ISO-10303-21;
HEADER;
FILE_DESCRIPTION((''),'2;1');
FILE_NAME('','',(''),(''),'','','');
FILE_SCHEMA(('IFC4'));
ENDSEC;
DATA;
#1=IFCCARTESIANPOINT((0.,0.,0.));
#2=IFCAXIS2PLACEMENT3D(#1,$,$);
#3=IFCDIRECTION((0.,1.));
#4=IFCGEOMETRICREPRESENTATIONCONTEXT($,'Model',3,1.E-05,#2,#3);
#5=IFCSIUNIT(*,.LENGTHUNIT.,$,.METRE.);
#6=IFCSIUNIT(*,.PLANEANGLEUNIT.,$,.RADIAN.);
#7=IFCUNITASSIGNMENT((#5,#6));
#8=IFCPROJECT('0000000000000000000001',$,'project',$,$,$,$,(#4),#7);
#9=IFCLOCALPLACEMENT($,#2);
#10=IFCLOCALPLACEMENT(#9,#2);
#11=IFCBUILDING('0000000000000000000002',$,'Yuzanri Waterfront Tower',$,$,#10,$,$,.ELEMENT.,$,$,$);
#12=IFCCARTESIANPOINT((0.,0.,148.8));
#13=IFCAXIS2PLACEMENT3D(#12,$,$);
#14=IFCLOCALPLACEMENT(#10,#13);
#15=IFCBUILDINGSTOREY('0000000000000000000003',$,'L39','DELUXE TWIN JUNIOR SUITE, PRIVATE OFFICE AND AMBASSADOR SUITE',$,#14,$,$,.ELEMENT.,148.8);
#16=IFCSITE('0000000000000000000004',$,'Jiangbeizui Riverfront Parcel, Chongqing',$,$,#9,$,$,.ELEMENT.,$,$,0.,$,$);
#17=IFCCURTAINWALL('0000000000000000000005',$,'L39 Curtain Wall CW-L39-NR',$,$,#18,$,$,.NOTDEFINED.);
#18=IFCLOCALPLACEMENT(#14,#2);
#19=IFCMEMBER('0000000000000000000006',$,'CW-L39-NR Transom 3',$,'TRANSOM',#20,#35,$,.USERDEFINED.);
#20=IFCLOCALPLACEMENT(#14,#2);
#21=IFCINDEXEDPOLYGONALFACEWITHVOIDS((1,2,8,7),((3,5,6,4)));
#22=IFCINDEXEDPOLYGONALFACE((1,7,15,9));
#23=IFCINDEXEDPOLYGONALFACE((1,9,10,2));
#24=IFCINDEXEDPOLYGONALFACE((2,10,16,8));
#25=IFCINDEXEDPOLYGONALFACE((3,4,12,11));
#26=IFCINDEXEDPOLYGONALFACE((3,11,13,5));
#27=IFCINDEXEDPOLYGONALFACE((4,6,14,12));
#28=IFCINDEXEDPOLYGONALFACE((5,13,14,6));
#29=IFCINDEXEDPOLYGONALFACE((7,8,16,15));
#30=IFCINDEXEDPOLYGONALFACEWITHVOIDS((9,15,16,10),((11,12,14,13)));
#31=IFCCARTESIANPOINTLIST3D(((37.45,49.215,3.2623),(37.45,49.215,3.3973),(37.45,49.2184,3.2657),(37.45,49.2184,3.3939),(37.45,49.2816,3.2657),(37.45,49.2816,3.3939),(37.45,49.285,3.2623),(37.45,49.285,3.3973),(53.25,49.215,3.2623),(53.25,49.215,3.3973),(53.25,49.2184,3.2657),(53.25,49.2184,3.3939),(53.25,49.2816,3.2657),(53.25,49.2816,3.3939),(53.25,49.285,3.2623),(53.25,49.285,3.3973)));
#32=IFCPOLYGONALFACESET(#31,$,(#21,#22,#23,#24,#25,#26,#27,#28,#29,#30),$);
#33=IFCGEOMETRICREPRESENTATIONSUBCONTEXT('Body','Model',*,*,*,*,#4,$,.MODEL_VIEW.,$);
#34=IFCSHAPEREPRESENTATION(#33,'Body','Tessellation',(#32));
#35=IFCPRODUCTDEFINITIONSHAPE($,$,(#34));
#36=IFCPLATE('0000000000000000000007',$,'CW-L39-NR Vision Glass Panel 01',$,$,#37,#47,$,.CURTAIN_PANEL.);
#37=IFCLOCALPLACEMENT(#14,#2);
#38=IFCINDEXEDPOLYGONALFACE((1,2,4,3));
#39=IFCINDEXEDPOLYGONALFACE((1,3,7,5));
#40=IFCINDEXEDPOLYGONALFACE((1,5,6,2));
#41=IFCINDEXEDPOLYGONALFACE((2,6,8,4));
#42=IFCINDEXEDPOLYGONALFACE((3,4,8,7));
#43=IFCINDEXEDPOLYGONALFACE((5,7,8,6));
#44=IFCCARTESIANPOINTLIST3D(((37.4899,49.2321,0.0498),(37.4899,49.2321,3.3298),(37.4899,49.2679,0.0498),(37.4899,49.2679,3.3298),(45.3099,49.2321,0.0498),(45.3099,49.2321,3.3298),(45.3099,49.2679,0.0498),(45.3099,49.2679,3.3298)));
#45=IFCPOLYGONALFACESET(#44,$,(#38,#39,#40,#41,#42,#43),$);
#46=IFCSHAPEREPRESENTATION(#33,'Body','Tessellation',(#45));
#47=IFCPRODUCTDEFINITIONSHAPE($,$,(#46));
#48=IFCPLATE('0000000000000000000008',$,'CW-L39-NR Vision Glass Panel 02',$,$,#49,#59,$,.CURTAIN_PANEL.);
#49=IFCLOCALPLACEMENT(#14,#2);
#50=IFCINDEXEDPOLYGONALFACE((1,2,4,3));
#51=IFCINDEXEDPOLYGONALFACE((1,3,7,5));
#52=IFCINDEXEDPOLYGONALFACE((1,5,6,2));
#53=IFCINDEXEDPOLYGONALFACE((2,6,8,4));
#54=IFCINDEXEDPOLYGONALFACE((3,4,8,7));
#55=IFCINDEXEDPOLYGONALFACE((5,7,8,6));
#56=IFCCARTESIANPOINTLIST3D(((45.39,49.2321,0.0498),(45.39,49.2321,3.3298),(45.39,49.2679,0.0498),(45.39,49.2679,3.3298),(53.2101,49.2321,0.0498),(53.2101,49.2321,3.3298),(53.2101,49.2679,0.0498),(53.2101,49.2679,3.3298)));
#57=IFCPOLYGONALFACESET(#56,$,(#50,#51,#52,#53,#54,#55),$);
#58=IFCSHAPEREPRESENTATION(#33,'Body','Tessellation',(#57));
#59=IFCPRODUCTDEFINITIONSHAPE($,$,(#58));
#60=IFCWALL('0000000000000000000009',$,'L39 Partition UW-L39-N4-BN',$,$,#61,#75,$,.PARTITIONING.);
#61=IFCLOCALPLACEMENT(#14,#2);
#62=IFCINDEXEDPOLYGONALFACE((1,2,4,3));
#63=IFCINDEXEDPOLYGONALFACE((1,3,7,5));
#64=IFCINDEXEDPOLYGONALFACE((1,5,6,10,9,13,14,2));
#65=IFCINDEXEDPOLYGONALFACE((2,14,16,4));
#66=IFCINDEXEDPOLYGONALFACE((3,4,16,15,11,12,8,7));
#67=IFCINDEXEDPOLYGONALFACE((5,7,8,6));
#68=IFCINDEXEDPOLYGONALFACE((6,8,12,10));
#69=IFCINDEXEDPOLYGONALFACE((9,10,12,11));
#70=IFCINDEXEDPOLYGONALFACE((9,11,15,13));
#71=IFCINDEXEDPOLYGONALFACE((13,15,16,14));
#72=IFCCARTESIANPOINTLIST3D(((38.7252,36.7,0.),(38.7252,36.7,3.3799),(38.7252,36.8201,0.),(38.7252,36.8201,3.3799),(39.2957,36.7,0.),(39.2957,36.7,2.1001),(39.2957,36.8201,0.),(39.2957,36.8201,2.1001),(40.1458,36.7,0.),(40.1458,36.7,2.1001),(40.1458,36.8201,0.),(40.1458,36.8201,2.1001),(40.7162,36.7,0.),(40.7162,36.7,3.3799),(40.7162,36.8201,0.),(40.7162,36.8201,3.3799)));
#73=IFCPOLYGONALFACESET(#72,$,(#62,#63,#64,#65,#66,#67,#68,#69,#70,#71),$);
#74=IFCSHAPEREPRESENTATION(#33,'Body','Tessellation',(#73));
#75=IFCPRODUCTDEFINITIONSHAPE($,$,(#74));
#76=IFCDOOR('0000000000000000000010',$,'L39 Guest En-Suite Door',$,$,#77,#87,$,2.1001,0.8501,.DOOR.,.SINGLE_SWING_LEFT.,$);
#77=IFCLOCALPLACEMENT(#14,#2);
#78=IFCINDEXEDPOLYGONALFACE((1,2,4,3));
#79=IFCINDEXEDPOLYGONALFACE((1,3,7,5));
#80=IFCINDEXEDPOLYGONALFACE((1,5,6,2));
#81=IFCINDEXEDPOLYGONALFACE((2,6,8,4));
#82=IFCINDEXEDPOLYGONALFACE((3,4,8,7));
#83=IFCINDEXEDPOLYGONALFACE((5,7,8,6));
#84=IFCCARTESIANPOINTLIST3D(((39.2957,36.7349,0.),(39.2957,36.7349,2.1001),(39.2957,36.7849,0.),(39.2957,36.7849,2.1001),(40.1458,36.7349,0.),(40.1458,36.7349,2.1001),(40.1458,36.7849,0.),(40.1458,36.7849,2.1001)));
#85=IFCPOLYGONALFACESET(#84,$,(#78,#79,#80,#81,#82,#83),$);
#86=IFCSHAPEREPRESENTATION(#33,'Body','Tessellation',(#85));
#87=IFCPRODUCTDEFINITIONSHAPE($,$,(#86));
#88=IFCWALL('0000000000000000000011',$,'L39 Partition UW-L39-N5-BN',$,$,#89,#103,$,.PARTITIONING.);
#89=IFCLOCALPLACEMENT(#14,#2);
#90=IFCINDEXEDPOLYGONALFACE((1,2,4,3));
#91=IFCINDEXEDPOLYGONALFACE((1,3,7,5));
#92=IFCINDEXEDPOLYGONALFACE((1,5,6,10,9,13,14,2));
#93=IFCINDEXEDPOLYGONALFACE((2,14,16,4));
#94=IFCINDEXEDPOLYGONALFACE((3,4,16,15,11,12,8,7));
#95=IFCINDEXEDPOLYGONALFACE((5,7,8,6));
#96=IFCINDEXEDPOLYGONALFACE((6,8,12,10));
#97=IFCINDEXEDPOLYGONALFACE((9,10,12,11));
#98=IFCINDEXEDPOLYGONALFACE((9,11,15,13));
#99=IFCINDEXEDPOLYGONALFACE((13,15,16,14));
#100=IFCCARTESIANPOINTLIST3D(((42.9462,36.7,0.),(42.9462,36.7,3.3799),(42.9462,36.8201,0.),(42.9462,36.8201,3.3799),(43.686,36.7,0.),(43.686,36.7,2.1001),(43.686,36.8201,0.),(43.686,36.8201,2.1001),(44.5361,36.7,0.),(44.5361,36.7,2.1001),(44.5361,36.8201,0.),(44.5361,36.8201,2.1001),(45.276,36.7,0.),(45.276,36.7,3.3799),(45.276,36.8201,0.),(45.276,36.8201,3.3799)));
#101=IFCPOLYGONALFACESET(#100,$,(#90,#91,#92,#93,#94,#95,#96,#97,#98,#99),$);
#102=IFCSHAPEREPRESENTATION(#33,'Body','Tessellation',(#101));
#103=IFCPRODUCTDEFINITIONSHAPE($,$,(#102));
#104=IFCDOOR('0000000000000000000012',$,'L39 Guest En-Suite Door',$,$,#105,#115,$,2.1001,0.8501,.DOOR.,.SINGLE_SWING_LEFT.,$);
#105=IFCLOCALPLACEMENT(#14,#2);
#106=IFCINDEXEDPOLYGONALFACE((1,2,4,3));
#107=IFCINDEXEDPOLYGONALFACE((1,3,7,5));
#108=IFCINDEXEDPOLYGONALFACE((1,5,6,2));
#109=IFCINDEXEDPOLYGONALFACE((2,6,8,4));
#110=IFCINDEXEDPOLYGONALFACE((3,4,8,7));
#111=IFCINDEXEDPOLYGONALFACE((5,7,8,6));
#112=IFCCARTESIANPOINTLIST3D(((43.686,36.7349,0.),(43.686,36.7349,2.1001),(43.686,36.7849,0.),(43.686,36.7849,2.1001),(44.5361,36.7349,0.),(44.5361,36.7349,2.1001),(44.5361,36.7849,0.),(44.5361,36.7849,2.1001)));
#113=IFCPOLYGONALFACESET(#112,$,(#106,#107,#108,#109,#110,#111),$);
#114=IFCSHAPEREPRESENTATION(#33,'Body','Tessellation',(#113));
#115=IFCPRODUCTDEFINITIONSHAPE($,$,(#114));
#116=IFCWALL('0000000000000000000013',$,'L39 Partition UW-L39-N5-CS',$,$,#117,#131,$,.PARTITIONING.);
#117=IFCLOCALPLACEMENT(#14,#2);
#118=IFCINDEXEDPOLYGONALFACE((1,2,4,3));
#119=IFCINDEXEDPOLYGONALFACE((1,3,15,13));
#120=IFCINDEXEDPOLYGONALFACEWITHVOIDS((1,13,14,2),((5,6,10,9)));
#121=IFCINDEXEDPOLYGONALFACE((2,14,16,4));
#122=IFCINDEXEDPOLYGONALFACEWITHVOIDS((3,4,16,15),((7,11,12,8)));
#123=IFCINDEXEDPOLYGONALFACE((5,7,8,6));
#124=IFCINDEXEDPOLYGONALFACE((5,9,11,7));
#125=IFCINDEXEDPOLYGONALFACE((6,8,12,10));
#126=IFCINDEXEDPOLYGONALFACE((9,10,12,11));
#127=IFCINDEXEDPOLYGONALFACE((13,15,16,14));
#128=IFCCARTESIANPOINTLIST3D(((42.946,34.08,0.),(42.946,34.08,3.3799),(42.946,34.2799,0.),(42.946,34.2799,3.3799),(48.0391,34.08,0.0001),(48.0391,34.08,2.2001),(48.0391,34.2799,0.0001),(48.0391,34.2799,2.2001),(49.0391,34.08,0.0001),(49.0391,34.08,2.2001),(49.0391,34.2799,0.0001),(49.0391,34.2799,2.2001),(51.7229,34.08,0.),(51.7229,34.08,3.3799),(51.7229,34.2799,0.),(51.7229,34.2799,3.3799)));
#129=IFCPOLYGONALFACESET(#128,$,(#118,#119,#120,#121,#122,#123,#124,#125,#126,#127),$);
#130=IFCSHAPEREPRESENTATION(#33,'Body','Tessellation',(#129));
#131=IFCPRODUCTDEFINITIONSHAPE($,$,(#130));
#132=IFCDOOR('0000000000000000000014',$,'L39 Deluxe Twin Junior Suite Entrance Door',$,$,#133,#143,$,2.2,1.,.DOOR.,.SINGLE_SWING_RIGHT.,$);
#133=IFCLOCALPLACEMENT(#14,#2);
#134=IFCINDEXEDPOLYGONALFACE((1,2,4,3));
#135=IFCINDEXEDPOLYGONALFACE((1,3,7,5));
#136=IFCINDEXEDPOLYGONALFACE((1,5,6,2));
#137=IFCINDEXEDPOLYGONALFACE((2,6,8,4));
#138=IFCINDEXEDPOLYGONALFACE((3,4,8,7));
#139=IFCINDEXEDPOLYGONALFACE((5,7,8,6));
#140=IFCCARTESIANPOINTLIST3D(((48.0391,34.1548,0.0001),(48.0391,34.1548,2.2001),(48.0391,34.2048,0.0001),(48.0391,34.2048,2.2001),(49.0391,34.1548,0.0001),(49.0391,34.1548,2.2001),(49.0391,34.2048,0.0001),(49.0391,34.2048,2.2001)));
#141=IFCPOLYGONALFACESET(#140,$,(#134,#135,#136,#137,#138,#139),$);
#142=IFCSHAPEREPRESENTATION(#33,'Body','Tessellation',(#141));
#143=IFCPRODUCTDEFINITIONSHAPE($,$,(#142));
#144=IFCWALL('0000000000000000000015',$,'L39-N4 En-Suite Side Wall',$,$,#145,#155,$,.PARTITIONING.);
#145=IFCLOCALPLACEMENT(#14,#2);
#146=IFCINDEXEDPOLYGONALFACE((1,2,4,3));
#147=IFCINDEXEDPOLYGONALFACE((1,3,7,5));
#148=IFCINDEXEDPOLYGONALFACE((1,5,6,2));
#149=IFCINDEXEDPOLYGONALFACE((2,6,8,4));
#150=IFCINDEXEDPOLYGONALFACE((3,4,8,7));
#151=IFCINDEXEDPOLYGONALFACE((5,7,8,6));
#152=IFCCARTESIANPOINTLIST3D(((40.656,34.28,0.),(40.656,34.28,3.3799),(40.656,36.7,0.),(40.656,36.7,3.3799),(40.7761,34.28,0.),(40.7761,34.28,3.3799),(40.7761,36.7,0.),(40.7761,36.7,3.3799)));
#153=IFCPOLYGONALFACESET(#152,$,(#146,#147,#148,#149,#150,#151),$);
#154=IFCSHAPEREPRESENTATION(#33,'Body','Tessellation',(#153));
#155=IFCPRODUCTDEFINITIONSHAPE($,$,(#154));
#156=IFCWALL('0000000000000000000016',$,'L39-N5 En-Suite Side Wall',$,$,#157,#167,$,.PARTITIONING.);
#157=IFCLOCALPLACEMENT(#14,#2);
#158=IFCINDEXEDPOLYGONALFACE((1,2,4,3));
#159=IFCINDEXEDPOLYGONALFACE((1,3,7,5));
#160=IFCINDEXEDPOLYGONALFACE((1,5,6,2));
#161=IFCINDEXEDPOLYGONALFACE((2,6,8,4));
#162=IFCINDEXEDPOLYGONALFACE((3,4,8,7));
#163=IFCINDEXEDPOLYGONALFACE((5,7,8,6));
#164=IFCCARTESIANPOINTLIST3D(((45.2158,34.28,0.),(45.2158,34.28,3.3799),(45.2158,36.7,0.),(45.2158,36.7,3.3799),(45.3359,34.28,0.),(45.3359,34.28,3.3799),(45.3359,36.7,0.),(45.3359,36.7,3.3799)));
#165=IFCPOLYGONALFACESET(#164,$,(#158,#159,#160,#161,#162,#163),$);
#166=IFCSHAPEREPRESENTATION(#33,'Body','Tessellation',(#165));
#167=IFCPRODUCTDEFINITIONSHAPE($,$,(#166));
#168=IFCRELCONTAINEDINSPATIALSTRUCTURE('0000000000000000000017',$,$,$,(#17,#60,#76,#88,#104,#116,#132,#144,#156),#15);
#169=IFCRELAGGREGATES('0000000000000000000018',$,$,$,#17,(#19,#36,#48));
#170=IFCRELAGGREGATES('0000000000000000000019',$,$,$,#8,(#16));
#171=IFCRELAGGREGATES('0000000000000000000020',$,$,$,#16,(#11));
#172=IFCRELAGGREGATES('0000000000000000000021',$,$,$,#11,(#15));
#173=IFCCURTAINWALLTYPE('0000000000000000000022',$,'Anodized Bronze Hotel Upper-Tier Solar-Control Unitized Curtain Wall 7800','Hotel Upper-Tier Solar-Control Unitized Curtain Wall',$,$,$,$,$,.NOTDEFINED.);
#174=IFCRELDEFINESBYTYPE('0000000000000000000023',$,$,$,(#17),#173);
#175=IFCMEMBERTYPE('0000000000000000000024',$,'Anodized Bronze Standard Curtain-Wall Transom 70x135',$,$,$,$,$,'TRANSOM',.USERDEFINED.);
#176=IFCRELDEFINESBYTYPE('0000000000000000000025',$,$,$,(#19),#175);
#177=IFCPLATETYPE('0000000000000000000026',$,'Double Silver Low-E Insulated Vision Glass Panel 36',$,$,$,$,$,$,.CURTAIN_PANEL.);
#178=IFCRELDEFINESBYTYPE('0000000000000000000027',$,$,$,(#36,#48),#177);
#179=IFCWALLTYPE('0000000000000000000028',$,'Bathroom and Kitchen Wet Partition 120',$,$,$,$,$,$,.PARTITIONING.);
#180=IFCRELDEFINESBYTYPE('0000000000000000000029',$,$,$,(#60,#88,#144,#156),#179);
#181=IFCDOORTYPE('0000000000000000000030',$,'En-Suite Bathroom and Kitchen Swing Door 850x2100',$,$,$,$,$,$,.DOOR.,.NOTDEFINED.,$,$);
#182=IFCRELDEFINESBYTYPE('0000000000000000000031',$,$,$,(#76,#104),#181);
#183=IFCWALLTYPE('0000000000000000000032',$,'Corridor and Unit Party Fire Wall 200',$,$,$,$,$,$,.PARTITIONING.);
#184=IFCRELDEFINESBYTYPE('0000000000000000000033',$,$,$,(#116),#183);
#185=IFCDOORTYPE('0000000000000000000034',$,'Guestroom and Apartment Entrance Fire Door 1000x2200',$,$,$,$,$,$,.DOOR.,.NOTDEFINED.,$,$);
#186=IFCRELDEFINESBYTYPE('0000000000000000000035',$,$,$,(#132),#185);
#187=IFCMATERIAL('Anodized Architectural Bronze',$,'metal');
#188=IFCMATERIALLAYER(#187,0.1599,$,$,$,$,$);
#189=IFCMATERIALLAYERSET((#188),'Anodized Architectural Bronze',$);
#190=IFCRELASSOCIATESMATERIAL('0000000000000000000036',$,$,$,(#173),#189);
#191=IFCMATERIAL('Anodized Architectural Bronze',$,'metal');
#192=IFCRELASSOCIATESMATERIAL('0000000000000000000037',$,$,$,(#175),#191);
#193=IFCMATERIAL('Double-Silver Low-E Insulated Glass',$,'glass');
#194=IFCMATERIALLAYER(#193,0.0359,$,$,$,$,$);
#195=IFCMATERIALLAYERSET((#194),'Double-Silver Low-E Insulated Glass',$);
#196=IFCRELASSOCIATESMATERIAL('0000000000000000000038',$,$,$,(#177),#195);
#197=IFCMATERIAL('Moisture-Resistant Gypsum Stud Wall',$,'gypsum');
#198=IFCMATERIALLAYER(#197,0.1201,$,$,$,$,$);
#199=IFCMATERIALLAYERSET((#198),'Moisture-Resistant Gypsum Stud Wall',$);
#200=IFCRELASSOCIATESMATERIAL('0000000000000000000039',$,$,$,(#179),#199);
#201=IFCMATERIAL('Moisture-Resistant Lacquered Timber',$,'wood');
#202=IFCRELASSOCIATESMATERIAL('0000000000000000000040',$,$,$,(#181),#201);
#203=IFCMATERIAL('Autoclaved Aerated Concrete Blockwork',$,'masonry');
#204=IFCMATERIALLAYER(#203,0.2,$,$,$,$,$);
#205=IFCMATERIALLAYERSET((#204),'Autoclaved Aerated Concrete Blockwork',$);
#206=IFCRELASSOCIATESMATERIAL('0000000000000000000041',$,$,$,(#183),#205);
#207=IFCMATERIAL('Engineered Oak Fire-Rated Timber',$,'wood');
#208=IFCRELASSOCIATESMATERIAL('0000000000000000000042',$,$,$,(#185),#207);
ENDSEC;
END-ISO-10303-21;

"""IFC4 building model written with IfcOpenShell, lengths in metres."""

from ifc_helpers import new_model, si_unit, direction, frame, frame_2d, origin, origin_2d, place, context, subcontext, project, spatial, rectangle, hollow_rectangle, extrude, source, transform, mapped, material, layer, layer_set, material_profile, profile_set, type_object, element, fill, aggregate, save


model = new_model("IFC4")

# Units and contexts
model_context = context("Model", 3, precision=1e-05, world=origin(), true_north=direction((0.0, 1.0)))
body_context = subcontext(model_context, "Body", "Model", "MODEL_VIEW")
ifc_project = project(units=[si_unit("LENGTHUNIT", "METRE"), si_unit("PLANEANGLEUNIT", "RADIAN")], contexts=[model_context])

# Site, building, storey
site_placement = place(None, origin())
site = spatial("IfcSite", under=ifc_project, at=site_placement, Name="Jiangbeizui Riverfront Parcel, Chongqing", CompositionType="ELEMENT", RefElevation=0.0)
building_placement = place(site_placement, origin())
building = spatial("IfcBuilding", under=site, at=building_placement, Name="Yuzanri Waterfront Tower", CompositionType="ELEMENT")
storey_placement = place(building_placement, frame((0.0, 0.0, 148.8)))
storey = spatial("IfcBuildingStorey", under=building, at=storey_placement, Name="L39", Description="DELUXE TWIN JUNIOR SUITE, PRIVATE OFFICE AND AMBASSADOR SUITE", CompositionType="ELEMENT", Elevation=148.8)

# Curtain wall, member, plates
ifc_material_1 = material(Name="Anodized Architectural Bronze", Category="metal")
ifc_layer_1 = layer(ifc_material_1, 0.1599)
ifc_layer_set_1 = layer_set([ifc_layer_1], Name="Anodized Architectural Bronze")
curtain_wall_type = type_object("IfcCurtainWallType", Name="Anodized Bronze Hotel Upper-Tier Solar-Control Unitized Curtain Wall 7800", Description="Hotel Upper-Tier Solar-Control Unitized Curtain Wall", PredefinedType="NOTDEFINED", material=ifc_layer_set_1)
curtain_wall_placement = place(storey_placement, origin())
curtain_wall = element("IfcCurtainWall", 1, at=curtain_wall_placement, inside=storey, type_object=curtain_wall_type, Name="L39 Curtain Wall CW-L39-NR", PredefinedType="NOTDEFINED")
ifc_material_2 = material(Name="Anodized Architectural Bronze", Category="metal")
ifc_material_profile_1 = material_profile(ifc_material_2, hollow_rectangle(XDim=0.0701, YDim=0.135, WallThickness=0.0034, at=origin_2d()), Name="CWT 70x135")
ifc_profile_set_1 = profile_set([ifc_material_profile_1], Name="Anodized Architectural Bronze")
member_type_1 = type_object("IfcMemberType", Name="Anodized Bronze Standard Curtain-Wall Transom 70x135", ElementType="TRANSOM", PredefinedType="USERDEFINED", material=ifc_profile_set_1)
shared_shape_1 = source(origin(), body_context, "Body", "SweptSolid", [
    extrude(hollow_rectangle(XDim=0.0701, YDim=0.135, WallThickness=0.0034, at=origin_2d()), origin(), (0.0, 0.0, 1.0), 15.8),
])
member_1_placement = place(storey_placement, frame((37.45, 49.25, 3.3298), z_axis=(1.0, 0.0, 0.0), x_axis=(0.0, 1.0, 0.0)))
member_1 = element("IfcMember", 2, at=member_1_placement, type_object=member_type_1, Name="CW-L39-NR Transom 3", ObjectType="TRANSOM", PredefinedType="USERDEFINED", context=body_context, shape_type="MappedRepresentation", body=[
    mapped(shared_shape_1, transform((0.0, 0.0, 0.0), scale=1.0)),
])
ifc_material_3 = material(Name="Double-Silver Low-E Insulated Glass", Category="glass")
ifc_layer_2 = layer(ifc_material_3, 0.0359)
ifc_layer_set_2 = layer_set([ifc_layer_2], Name="Double-Silver Low-E Insulated Glass")
plate_type = type_object("IfcPlateType", Name="Double Silver Low-E Insulated Vision Glass Panel 36", PredefinedType="CURTAIN_PANEL", material=ifc_layer_set_2)
shared_shape_2 = source(origin(), body_context, "Body", "SweptSolid", [
    extrude(rectangle(XDim=7.8201, YDim=0.0359, at=origin_2d()), origin(), (0.0, 0.0, 1.0), 3.28),
])
plate_1_placement = place(storey_placement, frame((41.3999, 49.25, 0.0498), z_axis=(0.0, 0.0, 1.0), x_axis=(1.0, 0.0, 0.0)))
plate_1 = element("IfcPlate", 3, at=plate_1_placement, type_object=plate_type, Name="CW-L39-NR Vision Glass Panel 01", PredefinedType="CURTAIN_PANEL", context=body_context, shape_type="MappedRepresentation", body=[
    mapped(shared_shape_2, transform((0.0, 0.0, 0.0), scale=1.0)),
])
plate_2_placement = place(storey_placement, frame((49.3, 49.25, 0.0498), z_axis=(0.0, 0.0, 1.0), x_axis=(1.0, 0.0, 0.0)))
plate_2 = element("IfcPlate", 4, at=plate_2_placement, type_object=plate_type, Name="CW-L39-NR Vision Glass Panel 02", PredefinedType="CURTAIN_PANEL", context=body_context, shape_type="MappedRepresentation", body=[
    mapped(shared_shape_2, transform((0.0, 0.0, 0.0), scale=1.0)),
])
aggregate(curtain_wall, [member_1, plate_1, plate_2])

# Walls, openings, doors
ifc_material_4 = material(Name="Moisture-Resistant Gypsum Stud Wall", Category="gypsum")
ifc_layer_3 = layer(ifc_material_4, 0.1201)
ifc_layer_set_3 = layer_set([ifc_layer_3], Name="Moisture-Resistant Gypsum Stud Wall")
wall_type_1 = type_object("IfcWallType", Name="Bathroom and Kitchen Wet Partition 120", PredefinedType="PARTITIONING", material=ifc_layer_set_3)
wall_1_placement = place(storey_placement, frame((38.7251, 36.76, 0.0), z_axis=(0.0, 0.0, 1.0), x_axis=(1.0, 0.0, 0.0)))
wall_1 = element("IfcWall", 5, at=wall_1_placement, inside=storey, type_object=wall_type_1, Name="L39 Partition UW-L39-N4-BN", PredefinedType="PARTITIONING", context=body_context, shape_type="SweptSolid", body=[
    extrude(rectangle(XDim=1.991, YDim=0.1201, at=frame_2d((0.9956, 0.0))), origin(), (0.0, 0.0, 1.0), 3.3799),
])
opening_1_placement = place(wall_1_placement, frame((0.5706, 0.0, 0.0)))
opening_1 = element("IfcOpeningElement", 6, at=opening_1_placement, cuts=wall_1, PredefinedType="OPENING", context=body_context, shape_type="SweptSolid", body=[
    extrude(rectangle(XDim=0.8501, YDim=2.1001, at=frame_2d((0.425, 1.05))), frame((0.0, 0.075, 0.0), z_axis=(0.0, -1.0, 0.0), x_axis=(1.0, 0.0, 0.0)), (0.0, 0.0, 1.0), 0.1499),
])
ifc_material_5 = material(Name="Moisture-Resistant Lacquered Timber", Category="wood")
door_type_1 = type_object("IfcDoorType", Name="En-Suite Bathroom and Kitchen Swing Door 850x2100", OperationType="NOTDEFINED", PredefinedType="DOOR", material=ifc_material_5)
shared_shape_3 = source(origin(), body_context, "Body", "SweptSolid", [
    extrude(rectangle(XDim=0.8501, YDim=2.1001, at=frame_2d((0.425, 1.05))), frame((0.0, 0.0249, 0.0), z_axis=(0.0, -1.0, 0.0), x_axis=(1.0, 0.0, 0.0)), (0.0, 0.0, 1.0), 0.05),
])
door_1_placement = place(opening_1_placement, origin())
door_1 = element("IfcDoor", 7, at=door_1_placement, inside=storey, type_object=door_type_1, Name="L39 Guest En-Suite Door", OperationType="SINGLE_SWING_LEFT", OverallHeight=2.1001, OverallWidth=0.8501, PredefinedType="DOOR", context=body_context, shape_type="MappedRepresentation", body=[
    mapped(shared_shape_3, transform((0.0, 0.0, 0.0), scale=1.0)),
])
fill(opening_1, door_1)
wall_2_placement = place(storey_placement, frame((42.946, 36.76, 0.0), z_axis=(0.0, 0.0, 1.0), x_axis=(1.0, 0.0, 0.0)))
wall_2 = element("IfcWall", 8, at=wall_2_placement, inside=storey, type_object=wall_type_1, Name="L39 Partition UW-L39-N5-BN", PredefinedType="PARTITIONING", context=body_context, shape_type="SweptSolid", body=[
    extrude(rectangle(XDim=2.3298, YDim=0.1201, at=frame_2d((1.165, 0.0))), origin(), (0.0, 0.0, 1.0), 3.3799),
])
opening_2_placement = place(wall_2_placement, frame((0.74, 0.0, 0.0)))
opening_2 = element("IfcOpeningElement", 9, at=opening_2_placement, cuts=wall_2, PredefinedType="OPENING", context=body_context, shape_type="SweptSolid", body=[
    extrude(rectangle(XDim=0.8501, YDim=2.1001, at=frame_2d((0.425, 1.05))), frame((0.0, 0.075, 0.0), z_axis=(0.0, -1.0, 0.0), x_axis=(1.0, 0.0, 0.0)), (0.0, 0.0, 1.0), 0.1499),
])
door_2_placement = place(opening_2_placement, origin())
door_2 = element("IfcDoor", 10, at=door_2_placement, inside=storey, type_object=door_type_1, Name="L39 Guest En-Suite Door", OperationType="SINGLE_SWING_LEFT", OverallHeight=2.1001, OverallWidth=0.8501, PredefinedType="DOOR", context=body_context, shape_type="MappedRepresentation", body=[
    mapped(shared_shape_3, transform((0.0, 0.0, 0.0), scale=1.0)),
])
fill(opening_2, door_2)
ifc_material_6 = material(Name="Autoclaved Aerated Concrete Blockwork", Category="masonry")
ifc_layer_4 = layer(ifc_material_6, 0.2)
ifc_layer_set_4 = layer_set([ifc_layer_4], Name="Autoclaved Aerated Concrete Blockwork")
wall_type_2 = type_object("IfcWallType", Name="Corridor and Unit Party Fire Wall 200", PredefinedType="PARTITIONING", material=ifc_layer_set_4)
wall_3_placement = place(storey_placement, frame((42.946, 34.1799, 0.0), z_axis=(0.0, 0.0, 1.0), x_axis=(1.0, 0.0, 0.0)))
wall_3 = element("IfcWall", 11, at=wall_3_placement, inside=storey, type_object=wall_type_2, Name="L39 Partition UW-L39-N5-CS", PredefinedType="PARTITIONING", context=body_context, shape_type="SweptSolid", body=[
    extrude(rectangle(XDim=8.7769, YDim=0.2, at=frame_2d((4.3884, 0.0))), origin(), (0.0, 0.0, 1.0), 3.3799),
])
opening_3_placement = place(wall_3_placement, frame((5.093, 0.0, 0.0)))
opening_3 = element("IfcOpeningElement", 12, at=opening_3_placement, cuts=wall_3, PredefinedType="OPENING", context=body_context, shape_type="SweptSolid", body=[
    extrude(rectangle(XDim=1.0, YDim=2.2, at=frame_2d((0.5, 1.1001))), frame((0.0, 0.1147, 0.0), z_axis=(0.0, -1.0, 0.0), x_axis=(1.0, 0.0, 0.0)), (0.0, 0.0, 1.0), 0.2297),
])
ifc_material_7 = material(Name="Engineered Oak Fire-Rated Timber", Category="wood")
door_type_2 = type_object("IfcDoorType", Name="Guestroom and Apartment Entrance Fire Door 1000x2200", OperationType="NOTDEFINED", PredefinedType="DOOR", material=ifc_material_7)
shared_shape_4 = source(origin(), body_context, "Body", "SweptSolid", [
    extrude(rectangle(XDim=1.0, YDim=2.2, at=frame_2d((0.5, 1.1001))), frame((0.0, 0.0249, 0.0), z_axis=(0.0, -1.0, 0.0), x_axis=(1.0, 0.0, 0.0)), (0.0, 0.0, 1.0), 0.05),
])
door_3_placement = place(opening_3_placement, origin())
door_3 = element("IfcDoor", 13, at=door_3_placement, inside=storey, type_object=door_type_2, Name="L39 Deluxe Twin Junior Suite Entrance Door", OperationType="SINGLE_SWING_RIGHT", OverallHeight=2.2, OverallWidth=1.0, PredefinedType="DOOR", context=body_context, shape_type="MappedRepresentation", body=[
    mapped(shared_shape_4, transform((0.0, 0.0, 0.0), scale=1.0)),
])
fill(opening_3, door_3)

# Walls
shared_shape_5 = source(origin(), body_context, "Body", "SweptSolid", [
    extrude(rectangle(XDim=2.4199, YDim=0.1201, at=frame_2d((1.21, 0.0))), origin(), (0.0, 0.0, 1.0), 3.3799),
])
for number, where, z_axis, x_axis, name in (
    (14, (40.7161, 34.28, 0.0), (0.0, 0.0, 1.0), (0.0, 1.0, 0.0), "L39-N4 En-Suite Side Wall"),
    (15, (45.2759, 34.28, 0.0), (0.0, 0.0, 1.0), (0.0, 1.0, 0.0), "L39-N5 En-Suite Side Wall"),
):
    element("IfcWall", number, at=place(storey_placement, frame(where, z_axis=z_axis, x_axis=x_axis)), inside=storey, type_object=wall_type_1, Name=name, PredefinedType="PARTITIONING", context=body_context, shape_type="MappedRepresentation", body=[
        mapped(shared_shape_5, transform((0.0, 0.0, 0.0), scale=1.0)),
    ])

save(model, "model.ifc")
